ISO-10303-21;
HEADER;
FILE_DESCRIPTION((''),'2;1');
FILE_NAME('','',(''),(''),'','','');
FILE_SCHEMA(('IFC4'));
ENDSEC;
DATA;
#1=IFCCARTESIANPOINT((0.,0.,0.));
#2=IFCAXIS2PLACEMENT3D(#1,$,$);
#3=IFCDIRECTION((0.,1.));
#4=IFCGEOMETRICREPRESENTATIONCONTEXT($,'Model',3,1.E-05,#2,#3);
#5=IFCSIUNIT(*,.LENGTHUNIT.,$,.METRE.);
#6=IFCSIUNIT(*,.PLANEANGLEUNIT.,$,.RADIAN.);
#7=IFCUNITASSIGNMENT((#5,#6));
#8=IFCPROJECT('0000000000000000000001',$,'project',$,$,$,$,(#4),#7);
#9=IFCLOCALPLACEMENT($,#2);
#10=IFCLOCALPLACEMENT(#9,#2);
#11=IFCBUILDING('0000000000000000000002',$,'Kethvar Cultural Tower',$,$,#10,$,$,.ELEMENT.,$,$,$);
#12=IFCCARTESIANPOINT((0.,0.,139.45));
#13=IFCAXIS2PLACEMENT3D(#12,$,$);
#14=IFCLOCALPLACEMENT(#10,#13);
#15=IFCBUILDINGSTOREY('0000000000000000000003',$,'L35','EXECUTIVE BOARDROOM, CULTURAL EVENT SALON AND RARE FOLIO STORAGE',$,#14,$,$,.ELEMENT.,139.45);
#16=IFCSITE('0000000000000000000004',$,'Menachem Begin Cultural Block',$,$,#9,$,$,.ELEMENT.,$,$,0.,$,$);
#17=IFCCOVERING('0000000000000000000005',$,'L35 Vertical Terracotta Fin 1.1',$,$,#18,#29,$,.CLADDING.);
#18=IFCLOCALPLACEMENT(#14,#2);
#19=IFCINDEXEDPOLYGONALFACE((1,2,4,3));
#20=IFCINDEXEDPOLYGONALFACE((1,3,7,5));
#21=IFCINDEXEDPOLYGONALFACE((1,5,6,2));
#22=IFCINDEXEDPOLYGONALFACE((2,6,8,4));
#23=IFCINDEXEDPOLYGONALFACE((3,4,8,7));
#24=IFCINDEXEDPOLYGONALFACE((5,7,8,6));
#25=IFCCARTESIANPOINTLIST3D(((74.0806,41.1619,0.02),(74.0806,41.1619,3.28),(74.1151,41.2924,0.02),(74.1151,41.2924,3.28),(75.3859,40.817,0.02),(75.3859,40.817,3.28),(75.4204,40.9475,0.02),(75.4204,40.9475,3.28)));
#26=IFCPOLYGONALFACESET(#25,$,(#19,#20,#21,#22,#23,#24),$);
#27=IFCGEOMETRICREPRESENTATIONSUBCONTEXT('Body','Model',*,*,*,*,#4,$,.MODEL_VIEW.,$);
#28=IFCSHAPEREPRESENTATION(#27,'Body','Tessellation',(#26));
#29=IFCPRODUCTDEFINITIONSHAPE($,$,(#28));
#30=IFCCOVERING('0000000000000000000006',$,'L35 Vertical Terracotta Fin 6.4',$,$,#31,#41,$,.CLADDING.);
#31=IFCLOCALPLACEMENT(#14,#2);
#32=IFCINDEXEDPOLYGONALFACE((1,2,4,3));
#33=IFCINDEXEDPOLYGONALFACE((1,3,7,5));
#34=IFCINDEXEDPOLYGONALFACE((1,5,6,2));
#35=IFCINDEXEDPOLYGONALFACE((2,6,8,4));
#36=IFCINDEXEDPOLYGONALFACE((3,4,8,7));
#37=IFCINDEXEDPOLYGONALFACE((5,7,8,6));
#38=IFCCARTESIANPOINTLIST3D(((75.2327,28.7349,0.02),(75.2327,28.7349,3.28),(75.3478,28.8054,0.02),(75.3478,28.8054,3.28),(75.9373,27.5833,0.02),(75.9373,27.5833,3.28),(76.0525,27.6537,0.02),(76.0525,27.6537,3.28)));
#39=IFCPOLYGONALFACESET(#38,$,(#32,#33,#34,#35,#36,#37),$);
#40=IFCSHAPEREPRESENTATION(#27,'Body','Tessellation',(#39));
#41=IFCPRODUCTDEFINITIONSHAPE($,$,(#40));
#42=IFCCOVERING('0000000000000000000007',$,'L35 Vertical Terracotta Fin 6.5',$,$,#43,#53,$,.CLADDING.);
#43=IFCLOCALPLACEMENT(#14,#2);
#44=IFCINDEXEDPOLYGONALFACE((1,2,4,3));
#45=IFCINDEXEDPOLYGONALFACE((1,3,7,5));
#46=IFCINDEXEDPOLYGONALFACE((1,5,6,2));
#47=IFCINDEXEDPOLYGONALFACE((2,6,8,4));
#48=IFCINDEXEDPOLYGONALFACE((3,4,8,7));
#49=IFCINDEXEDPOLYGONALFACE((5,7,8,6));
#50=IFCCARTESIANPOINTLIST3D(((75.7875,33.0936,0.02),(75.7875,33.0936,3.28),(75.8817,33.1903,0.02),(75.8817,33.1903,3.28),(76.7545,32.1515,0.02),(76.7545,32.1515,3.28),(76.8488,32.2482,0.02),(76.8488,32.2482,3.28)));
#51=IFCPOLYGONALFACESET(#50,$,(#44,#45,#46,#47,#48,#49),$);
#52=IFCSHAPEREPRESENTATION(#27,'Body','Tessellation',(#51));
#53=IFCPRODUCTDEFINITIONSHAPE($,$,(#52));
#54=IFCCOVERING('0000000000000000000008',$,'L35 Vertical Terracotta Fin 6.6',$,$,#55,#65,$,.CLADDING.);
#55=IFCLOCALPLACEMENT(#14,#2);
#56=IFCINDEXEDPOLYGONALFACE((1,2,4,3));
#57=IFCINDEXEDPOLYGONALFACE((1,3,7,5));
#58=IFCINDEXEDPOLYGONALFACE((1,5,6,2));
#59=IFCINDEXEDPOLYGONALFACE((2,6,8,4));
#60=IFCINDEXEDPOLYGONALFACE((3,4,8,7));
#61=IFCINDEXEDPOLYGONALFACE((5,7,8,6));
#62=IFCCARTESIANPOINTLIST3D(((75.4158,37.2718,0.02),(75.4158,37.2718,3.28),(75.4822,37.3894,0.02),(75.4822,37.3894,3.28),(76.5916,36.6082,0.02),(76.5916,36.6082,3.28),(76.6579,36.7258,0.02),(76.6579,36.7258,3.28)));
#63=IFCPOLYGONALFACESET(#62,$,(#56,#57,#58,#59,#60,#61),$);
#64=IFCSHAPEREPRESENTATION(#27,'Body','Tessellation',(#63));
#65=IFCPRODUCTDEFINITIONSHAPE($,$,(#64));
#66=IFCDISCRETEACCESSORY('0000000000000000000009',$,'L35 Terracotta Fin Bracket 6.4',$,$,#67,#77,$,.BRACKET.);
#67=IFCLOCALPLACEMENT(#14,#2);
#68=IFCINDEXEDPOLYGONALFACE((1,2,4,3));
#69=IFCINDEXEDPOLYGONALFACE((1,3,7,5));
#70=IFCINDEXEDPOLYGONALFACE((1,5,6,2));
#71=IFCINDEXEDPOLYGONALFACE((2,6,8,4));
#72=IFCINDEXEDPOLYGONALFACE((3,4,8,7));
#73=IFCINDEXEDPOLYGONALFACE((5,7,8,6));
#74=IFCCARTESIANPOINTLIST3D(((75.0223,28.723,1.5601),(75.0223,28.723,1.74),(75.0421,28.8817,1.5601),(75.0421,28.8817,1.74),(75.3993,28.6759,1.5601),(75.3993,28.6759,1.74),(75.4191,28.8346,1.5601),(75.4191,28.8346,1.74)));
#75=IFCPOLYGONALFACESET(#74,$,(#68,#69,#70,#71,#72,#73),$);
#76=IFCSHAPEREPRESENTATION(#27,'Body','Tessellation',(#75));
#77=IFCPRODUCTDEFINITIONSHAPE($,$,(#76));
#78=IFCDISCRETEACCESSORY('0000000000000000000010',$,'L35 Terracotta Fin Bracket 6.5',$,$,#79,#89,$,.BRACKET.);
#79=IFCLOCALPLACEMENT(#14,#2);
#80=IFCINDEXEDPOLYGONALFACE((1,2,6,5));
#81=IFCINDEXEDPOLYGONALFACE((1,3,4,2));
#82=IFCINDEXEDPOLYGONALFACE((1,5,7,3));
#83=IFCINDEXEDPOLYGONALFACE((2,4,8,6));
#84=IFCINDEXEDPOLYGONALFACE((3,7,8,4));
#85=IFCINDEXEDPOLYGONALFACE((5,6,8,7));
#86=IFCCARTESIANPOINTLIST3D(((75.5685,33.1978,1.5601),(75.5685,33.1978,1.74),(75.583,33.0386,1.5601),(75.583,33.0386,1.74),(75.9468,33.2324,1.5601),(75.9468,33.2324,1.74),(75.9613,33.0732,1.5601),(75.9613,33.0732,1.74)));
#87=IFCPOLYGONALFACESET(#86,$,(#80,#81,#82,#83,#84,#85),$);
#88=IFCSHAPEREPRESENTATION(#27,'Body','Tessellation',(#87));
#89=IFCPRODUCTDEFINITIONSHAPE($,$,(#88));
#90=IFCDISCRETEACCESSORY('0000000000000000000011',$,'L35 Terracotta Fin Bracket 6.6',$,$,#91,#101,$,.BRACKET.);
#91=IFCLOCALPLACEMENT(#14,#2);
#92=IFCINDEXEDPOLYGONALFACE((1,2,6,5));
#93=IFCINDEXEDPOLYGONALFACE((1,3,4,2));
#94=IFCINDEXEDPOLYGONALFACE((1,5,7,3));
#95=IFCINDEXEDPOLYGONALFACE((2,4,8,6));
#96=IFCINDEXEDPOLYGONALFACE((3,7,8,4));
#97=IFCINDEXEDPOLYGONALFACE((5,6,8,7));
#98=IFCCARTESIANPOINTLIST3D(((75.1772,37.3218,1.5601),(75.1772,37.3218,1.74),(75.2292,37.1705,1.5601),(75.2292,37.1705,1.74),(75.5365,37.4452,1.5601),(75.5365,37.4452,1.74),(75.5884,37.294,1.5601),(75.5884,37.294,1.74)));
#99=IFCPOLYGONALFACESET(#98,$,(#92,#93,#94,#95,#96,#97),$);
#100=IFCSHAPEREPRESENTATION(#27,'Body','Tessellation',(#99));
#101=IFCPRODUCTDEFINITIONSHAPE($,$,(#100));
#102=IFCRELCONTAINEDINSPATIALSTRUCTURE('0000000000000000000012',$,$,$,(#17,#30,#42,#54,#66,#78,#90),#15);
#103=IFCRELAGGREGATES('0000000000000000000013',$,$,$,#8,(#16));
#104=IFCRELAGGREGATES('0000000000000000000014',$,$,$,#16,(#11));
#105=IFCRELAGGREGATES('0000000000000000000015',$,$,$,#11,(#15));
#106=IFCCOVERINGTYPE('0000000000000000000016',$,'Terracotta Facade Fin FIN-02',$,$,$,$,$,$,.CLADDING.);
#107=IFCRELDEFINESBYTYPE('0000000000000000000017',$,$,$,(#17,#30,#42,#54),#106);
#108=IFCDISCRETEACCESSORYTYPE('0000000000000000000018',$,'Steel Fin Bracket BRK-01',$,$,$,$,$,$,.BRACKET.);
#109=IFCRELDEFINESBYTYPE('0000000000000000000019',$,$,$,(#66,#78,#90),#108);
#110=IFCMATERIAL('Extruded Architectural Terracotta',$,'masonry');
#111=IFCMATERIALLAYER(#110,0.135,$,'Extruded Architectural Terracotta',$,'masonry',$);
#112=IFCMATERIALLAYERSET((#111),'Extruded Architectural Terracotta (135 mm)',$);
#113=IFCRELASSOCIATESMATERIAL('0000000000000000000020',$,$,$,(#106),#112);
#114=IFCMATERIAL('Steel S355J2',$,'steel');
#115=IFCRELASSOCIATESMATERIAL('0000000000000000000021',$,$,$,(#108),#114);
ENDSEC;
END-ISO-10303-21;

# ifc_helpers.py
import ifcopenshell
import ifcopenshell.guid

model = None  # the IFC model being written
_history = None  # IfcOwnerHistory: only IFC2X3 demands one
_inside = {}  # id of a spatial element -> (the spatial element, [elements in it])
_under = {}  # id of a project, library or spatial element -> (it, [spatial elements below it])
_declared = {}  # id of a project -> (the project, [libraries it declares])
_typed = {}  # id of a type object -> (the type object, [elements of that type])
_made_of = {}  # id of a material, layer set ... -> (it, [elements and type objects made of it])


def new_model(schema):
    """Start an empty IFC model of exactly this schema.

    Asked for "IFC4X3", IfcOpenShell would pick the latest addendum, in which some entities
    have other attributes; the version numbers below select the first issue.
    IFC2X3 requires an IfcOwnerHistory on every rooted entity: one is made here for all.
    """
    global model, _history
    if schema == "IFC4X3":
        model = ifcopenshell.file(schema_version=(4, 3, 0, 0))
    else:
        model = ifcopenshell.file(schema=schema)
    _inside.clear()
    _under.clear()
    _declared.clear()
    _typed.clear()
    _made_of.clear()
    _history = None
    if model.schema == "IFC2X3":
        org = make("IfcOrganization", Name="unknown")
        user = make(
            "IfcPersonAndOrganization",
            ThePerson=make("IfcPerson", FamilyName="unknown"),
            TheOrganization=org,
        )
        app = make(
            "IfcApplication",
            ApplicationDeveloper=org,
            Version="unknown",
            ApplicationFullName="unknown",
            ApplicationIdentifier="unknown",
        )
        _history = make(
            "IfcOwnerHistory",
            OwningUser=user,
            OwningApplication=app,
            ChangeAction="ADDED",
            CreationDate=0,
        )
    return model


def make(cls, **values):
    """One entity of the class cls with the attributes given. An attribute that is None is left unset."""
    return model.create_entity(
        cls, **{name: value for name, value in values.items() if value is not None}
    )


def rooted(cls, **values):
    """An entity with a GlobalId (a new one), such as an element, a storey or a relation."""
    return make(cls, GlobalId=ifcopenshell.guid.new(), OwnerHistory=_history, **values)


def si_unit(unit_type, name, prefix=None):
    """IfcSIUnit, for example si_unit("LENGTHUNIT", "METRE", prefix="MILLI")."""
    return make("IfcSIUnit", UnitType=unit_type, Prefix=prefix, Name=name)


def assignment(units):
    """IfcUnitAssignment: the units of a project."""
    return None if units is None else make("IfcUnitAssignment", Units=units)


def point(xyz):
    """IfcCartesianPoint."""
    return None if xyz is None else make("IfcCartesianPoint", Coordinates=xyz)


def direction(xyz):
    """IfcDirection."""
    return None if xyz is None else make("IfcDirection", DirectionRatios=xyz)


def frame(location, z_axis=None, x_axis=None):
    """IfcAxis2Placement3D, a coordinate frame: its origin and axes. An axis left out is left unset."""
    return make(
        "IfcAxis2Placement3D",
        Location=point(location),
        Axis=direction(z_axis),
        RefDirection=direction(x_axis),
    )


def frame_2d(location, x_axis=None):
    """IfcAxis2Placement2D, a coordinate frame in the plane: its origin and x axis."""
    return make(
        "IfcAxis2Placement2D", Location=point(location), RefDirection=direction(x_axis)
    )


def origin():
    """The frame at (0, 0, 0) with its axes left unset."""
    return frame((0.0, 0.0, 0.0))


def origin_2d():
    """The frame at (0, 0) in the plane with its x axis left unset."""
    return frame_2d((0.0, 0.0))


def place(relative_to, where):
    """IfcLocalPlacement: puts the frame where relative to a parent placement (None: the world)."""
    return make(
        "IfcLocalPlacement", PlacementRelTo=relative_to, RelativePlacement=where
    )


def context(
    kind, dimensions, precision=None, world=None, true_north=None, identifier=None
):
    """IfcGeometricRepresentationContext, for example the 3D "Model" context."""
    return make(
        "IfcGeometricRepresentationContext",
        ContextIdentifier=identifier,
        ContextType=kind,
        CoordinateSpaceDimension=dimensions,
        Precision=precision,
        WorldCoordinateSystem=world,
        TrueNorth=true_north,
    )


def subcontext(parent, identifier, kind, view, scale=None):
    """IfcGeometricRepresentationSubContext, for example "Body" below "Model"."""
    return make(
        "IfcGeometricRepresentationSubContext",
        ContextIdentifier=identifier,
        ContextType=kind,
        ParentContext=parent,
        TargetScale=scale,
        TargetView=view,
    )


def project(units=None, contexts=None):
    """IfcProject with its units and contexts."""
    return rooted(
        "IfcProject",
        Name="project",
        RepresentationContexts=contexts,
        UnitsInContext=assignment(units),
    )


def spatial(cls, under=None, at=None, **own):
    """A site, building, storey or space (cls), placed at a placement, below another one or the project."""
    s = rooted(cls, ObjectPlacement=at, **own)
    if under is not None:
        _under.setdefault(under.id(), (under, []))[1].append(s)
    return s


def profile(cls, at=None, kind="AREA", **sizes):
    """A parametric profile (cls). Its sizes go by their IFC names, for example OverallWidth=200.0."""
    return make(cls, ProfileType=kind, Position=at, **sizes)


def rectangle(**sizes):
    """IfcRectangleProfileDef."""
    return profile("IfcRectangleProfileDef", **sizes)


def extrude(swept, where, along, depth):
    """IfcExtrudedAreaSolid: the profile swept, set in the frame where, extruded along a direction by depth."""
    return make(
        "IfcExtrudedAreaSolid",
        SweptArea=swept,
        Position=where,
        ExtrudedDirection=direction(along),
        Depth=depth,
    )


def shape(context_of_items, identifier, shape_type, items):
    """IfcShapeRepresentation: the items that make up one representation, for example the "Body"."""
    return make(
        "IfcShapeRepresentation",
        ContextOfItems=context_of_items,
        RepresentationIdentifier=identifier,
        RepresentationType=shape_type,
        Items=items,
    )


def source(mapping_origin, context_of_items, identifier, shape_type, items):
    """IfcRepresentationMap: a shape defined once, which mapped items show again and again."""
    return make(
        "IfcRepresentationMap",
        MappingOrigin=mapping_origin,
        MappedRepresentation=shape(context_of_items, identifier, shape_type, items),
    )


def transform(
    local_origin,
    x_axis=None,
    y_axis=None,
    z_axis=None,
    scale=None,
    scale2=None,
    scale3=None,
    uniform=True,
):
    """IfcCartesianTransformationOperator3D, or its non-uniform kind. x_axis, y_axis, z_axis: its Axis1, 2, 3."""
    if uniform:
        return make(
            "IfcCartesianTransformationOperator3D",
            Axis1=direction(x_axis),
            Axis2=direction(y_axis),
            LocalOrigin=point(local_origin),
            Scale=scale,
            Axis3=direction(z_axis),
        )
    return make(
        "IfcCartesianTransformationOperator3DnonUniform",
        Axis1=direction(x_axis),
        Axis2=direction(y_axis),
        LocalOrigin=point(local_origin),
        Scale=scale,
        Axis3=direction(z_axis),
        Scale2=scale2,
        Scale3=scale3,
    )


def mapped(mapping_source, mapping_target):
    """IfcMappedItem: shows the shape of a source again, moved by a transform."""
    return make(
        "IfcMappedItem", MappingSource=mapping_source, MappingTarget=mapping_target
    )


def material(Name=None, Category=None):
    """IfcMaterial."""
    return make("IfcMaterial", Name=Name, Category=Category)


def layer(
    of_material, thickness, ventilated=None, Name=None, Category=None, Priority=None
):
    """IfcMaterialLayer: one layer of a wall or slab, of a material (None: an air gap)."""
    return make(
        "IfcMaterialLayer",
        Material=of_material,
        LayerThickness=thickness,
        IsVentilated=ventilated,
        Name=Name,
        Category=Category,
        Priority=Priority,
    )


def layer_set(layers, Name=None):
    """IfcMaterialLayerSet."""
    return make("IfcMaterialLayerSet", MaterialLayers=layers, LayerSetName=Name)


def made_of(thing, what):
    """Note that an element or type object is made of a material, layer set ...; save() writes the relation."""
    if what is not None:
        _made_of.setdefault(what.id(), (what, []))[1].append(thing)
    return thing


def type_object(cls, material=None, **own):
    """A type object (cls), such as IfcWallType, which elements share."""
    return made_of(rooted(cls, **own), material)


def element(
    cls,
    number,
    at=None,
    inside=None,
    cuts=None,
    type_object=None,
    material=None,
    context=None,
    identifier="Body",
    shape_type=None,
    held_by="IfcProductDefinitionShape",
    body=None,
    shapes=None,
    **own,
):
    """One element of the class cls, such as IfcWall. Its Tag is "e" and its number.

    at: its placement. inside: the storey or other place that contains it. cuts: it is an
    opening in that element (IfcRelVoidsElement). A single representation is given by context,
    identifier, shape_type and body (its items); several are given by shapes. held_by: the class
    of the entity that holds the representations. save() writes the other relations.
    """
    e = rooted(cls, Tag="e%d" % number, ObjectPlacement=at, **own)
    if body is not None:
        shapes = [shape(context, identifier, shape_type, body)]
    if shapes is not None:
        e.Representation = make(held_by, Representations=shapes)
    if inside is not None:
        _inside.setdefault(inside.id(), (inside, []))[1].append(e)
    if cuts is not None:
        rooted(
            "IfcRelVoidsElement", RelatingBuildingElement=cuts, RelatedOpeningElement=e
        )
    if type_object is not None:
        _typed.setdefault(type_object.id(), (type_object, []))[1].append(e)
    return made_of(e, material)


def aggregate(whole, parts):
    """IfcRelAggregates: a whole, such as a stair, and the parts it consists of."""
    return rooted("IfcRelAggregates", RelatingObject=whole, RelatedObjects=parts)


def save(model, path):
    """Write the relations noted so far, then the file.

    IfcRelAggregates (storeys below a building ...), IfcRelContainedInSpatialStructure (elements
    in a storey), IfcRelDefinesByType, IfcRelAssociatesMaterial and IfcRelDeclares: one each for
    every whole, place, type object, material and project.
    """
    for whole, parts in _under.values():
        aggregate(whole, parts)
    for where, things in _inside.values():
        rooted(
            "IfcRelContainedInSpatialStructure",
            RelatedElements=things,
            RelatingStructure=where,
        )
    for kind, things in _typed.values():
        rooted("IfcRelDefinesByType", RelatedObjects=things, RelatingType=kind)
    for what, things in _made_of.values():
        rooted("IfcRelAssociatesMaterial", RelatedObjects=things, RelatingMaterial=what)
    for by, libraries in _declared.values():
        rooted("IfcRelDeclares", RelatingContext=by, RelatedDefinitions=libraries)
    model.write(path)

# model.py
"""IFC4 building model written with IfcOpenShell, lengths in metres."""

from ifc_helpers import new_model, si_unit, direction, frame, origin, origin_2d, place, context, subcontext, project, spatial, rectangle, extrude, source, transform, mapped, material, layer, layer_set, type_object, element, save


model = new_model("IFC4")

# Units and contexts
model_context = context("Model", 3, precision=1e-05, world=origin(), true_north=direction((0.0, 1.0)))
body_context = subcontext(model_context, "Body", "Model", "MODEL_VIEW")
ifc_project = project(units=[si_unit("LENGTHUNIT", "METRE"), si_unit("PLANEANGLEUNIT", "RADIAN")], contexts=[model_context])

# Site, building, storey
site_placement = place(None, origin())
site = spatial("IfcSite", under=ifc_project, at=site_placement, Name="Menachem Begin Cultural Block", CompositionType="ELEMENT", RefElevation=0.0)
building_placement = place(site_placement, origin())
building = spatial("IfcBuilding", under=site, at=building_placement, Name="Kethvar Cultural Tower", CompositionType="ELEMENT")
storey_placement = place(building_placement, frame((0.0, 0.0, 139.45)))
storey = spatial("IfcBuildingStorey", under=building, at=storey_placement, Name="L35", Description="EXECUTIVE BOARDROOM, CULTURAL EVENT SALON AND RARE FOLIO STORAGE", CompositionType="ELEMENT", Elevation=139.45)

# Shared definitions
ifc_material_1 = material(Name="Steel S355J2", Category="steel")

# Coverings
ifc_material_2 = material(Name="Extruded Architectural Terracotta", Category="masonry")
ifc_layer_1 = layer(ifc_material_2, 0.135, Name="Extruded Architectural Terracotta", Category="masonry")
ifc_layer_set_1 = layer_set([ifc_layer_1], Name="Extruded Architectural Terracotta (135 mm)")
covering_type = type_object("IfcCoveringType", Name="Terracotta Facade Fin FIN-02", PredefinedType="CLADDING", material=ifc_layer_set_1)
shared_shape_1 = source(origin(), body_context, "Body", "SweptSolid", [
    extrude(rectangle(XDim=1.3501, YDim=0.135, at=origin_2d()), origin(), (0.0, 0.0, 1.0), 3.26),
])
for number, where, z_axis, x_axis, name in (
    (1, (74.7505, 41.0547, 0.02), (0.0, 0.0, 1.0), (0.966823, -0.255446, 0.0), "L35 Vertical Terracotta Fin 1.1"),
    (2, (75.6426, 28.1943, 0.02), (0.0, 0.0, 1.0), (0.521903, -0.853005, 0.0), "L35 Vertical Terracotta Fin 6.4"),
    (3, (76.3181, 32.6709, 0.02), (0.0, 0.0, 1.0), (0.716302, -0.69779, 0.0), "L35 Vertical Terracotta Fin 6.5"),
    (4, (76.0369, 36.9988, 0.02), (0.0, 0.0, 1.0), (0.870871, -0.491512, 0.0), "L35 Vertical Terracotta Fin 6.6"),
):
    element("IfcCovering", number, at=place(storey_placement, frame(where, z_axis=z_axis, x_axis=x_axis)), inside=storey, type_object=covering_type, Name=name, PredefinedType="CLADDING", context=body_context, shape_type="MappedRepresentation", body=[
        mapped(shared_shape_1, transform((0.0, 0.0, 0.0), scale=1.0)),
    ])

# Discrete accessories
discrete_accessory_type = type_object("IfcDiscreteAccessoryType", Name="Steel Fin Bracket BRK-01", PredefinedType="BRACKET", material=ifc_material_1)
shared_shape_2 = source(origin(), body_context, "Body", "SweptSolid", [
    extrude(rectangle(XDim=0.3799, YDim=0.1599, at=origin_2d()), origin(), (0.0, 0.0, 1.0), 0.1799),
])
for number, where, z_axis, x_axis, name in (
    (5, (75.2207, 28.7788, 1.5601), (0.0, 0.0, 1.0), (0.992289, -0.123948, 0.0), "L35 Terracotta Fin Bracket 6.4"),
    (6, (75.7649, 33.1355, 1.5601), (0.0, 0.0, 1.0), (0.995837, 0.091154, 0.0), "L35 Terracotta Fin Bracket 6.5"),
    (7, (75.3828, 37.3079, 1.5601), (0.0, 0.0, 1.0), (0.945746, 0.324908, 0.0), "L35 Terracotta Fin Bracket 6.6"),
):
    element("IfcDiscreteAccessory", number, at=place(storey_placement, frame(where, z_axis=z_axis, x_axis=x_axis)), inside=storey, type_object=discrete_accessory_type, Name=name, PredefinedType="BRACKET", context=body_context, shape_type="MappedRepresentation", body=[
        mapped(shared_shape_2, transform((0.0, 0.0, 0.0), scale=1.0)),
    ])

save(model, "model.ifc")
